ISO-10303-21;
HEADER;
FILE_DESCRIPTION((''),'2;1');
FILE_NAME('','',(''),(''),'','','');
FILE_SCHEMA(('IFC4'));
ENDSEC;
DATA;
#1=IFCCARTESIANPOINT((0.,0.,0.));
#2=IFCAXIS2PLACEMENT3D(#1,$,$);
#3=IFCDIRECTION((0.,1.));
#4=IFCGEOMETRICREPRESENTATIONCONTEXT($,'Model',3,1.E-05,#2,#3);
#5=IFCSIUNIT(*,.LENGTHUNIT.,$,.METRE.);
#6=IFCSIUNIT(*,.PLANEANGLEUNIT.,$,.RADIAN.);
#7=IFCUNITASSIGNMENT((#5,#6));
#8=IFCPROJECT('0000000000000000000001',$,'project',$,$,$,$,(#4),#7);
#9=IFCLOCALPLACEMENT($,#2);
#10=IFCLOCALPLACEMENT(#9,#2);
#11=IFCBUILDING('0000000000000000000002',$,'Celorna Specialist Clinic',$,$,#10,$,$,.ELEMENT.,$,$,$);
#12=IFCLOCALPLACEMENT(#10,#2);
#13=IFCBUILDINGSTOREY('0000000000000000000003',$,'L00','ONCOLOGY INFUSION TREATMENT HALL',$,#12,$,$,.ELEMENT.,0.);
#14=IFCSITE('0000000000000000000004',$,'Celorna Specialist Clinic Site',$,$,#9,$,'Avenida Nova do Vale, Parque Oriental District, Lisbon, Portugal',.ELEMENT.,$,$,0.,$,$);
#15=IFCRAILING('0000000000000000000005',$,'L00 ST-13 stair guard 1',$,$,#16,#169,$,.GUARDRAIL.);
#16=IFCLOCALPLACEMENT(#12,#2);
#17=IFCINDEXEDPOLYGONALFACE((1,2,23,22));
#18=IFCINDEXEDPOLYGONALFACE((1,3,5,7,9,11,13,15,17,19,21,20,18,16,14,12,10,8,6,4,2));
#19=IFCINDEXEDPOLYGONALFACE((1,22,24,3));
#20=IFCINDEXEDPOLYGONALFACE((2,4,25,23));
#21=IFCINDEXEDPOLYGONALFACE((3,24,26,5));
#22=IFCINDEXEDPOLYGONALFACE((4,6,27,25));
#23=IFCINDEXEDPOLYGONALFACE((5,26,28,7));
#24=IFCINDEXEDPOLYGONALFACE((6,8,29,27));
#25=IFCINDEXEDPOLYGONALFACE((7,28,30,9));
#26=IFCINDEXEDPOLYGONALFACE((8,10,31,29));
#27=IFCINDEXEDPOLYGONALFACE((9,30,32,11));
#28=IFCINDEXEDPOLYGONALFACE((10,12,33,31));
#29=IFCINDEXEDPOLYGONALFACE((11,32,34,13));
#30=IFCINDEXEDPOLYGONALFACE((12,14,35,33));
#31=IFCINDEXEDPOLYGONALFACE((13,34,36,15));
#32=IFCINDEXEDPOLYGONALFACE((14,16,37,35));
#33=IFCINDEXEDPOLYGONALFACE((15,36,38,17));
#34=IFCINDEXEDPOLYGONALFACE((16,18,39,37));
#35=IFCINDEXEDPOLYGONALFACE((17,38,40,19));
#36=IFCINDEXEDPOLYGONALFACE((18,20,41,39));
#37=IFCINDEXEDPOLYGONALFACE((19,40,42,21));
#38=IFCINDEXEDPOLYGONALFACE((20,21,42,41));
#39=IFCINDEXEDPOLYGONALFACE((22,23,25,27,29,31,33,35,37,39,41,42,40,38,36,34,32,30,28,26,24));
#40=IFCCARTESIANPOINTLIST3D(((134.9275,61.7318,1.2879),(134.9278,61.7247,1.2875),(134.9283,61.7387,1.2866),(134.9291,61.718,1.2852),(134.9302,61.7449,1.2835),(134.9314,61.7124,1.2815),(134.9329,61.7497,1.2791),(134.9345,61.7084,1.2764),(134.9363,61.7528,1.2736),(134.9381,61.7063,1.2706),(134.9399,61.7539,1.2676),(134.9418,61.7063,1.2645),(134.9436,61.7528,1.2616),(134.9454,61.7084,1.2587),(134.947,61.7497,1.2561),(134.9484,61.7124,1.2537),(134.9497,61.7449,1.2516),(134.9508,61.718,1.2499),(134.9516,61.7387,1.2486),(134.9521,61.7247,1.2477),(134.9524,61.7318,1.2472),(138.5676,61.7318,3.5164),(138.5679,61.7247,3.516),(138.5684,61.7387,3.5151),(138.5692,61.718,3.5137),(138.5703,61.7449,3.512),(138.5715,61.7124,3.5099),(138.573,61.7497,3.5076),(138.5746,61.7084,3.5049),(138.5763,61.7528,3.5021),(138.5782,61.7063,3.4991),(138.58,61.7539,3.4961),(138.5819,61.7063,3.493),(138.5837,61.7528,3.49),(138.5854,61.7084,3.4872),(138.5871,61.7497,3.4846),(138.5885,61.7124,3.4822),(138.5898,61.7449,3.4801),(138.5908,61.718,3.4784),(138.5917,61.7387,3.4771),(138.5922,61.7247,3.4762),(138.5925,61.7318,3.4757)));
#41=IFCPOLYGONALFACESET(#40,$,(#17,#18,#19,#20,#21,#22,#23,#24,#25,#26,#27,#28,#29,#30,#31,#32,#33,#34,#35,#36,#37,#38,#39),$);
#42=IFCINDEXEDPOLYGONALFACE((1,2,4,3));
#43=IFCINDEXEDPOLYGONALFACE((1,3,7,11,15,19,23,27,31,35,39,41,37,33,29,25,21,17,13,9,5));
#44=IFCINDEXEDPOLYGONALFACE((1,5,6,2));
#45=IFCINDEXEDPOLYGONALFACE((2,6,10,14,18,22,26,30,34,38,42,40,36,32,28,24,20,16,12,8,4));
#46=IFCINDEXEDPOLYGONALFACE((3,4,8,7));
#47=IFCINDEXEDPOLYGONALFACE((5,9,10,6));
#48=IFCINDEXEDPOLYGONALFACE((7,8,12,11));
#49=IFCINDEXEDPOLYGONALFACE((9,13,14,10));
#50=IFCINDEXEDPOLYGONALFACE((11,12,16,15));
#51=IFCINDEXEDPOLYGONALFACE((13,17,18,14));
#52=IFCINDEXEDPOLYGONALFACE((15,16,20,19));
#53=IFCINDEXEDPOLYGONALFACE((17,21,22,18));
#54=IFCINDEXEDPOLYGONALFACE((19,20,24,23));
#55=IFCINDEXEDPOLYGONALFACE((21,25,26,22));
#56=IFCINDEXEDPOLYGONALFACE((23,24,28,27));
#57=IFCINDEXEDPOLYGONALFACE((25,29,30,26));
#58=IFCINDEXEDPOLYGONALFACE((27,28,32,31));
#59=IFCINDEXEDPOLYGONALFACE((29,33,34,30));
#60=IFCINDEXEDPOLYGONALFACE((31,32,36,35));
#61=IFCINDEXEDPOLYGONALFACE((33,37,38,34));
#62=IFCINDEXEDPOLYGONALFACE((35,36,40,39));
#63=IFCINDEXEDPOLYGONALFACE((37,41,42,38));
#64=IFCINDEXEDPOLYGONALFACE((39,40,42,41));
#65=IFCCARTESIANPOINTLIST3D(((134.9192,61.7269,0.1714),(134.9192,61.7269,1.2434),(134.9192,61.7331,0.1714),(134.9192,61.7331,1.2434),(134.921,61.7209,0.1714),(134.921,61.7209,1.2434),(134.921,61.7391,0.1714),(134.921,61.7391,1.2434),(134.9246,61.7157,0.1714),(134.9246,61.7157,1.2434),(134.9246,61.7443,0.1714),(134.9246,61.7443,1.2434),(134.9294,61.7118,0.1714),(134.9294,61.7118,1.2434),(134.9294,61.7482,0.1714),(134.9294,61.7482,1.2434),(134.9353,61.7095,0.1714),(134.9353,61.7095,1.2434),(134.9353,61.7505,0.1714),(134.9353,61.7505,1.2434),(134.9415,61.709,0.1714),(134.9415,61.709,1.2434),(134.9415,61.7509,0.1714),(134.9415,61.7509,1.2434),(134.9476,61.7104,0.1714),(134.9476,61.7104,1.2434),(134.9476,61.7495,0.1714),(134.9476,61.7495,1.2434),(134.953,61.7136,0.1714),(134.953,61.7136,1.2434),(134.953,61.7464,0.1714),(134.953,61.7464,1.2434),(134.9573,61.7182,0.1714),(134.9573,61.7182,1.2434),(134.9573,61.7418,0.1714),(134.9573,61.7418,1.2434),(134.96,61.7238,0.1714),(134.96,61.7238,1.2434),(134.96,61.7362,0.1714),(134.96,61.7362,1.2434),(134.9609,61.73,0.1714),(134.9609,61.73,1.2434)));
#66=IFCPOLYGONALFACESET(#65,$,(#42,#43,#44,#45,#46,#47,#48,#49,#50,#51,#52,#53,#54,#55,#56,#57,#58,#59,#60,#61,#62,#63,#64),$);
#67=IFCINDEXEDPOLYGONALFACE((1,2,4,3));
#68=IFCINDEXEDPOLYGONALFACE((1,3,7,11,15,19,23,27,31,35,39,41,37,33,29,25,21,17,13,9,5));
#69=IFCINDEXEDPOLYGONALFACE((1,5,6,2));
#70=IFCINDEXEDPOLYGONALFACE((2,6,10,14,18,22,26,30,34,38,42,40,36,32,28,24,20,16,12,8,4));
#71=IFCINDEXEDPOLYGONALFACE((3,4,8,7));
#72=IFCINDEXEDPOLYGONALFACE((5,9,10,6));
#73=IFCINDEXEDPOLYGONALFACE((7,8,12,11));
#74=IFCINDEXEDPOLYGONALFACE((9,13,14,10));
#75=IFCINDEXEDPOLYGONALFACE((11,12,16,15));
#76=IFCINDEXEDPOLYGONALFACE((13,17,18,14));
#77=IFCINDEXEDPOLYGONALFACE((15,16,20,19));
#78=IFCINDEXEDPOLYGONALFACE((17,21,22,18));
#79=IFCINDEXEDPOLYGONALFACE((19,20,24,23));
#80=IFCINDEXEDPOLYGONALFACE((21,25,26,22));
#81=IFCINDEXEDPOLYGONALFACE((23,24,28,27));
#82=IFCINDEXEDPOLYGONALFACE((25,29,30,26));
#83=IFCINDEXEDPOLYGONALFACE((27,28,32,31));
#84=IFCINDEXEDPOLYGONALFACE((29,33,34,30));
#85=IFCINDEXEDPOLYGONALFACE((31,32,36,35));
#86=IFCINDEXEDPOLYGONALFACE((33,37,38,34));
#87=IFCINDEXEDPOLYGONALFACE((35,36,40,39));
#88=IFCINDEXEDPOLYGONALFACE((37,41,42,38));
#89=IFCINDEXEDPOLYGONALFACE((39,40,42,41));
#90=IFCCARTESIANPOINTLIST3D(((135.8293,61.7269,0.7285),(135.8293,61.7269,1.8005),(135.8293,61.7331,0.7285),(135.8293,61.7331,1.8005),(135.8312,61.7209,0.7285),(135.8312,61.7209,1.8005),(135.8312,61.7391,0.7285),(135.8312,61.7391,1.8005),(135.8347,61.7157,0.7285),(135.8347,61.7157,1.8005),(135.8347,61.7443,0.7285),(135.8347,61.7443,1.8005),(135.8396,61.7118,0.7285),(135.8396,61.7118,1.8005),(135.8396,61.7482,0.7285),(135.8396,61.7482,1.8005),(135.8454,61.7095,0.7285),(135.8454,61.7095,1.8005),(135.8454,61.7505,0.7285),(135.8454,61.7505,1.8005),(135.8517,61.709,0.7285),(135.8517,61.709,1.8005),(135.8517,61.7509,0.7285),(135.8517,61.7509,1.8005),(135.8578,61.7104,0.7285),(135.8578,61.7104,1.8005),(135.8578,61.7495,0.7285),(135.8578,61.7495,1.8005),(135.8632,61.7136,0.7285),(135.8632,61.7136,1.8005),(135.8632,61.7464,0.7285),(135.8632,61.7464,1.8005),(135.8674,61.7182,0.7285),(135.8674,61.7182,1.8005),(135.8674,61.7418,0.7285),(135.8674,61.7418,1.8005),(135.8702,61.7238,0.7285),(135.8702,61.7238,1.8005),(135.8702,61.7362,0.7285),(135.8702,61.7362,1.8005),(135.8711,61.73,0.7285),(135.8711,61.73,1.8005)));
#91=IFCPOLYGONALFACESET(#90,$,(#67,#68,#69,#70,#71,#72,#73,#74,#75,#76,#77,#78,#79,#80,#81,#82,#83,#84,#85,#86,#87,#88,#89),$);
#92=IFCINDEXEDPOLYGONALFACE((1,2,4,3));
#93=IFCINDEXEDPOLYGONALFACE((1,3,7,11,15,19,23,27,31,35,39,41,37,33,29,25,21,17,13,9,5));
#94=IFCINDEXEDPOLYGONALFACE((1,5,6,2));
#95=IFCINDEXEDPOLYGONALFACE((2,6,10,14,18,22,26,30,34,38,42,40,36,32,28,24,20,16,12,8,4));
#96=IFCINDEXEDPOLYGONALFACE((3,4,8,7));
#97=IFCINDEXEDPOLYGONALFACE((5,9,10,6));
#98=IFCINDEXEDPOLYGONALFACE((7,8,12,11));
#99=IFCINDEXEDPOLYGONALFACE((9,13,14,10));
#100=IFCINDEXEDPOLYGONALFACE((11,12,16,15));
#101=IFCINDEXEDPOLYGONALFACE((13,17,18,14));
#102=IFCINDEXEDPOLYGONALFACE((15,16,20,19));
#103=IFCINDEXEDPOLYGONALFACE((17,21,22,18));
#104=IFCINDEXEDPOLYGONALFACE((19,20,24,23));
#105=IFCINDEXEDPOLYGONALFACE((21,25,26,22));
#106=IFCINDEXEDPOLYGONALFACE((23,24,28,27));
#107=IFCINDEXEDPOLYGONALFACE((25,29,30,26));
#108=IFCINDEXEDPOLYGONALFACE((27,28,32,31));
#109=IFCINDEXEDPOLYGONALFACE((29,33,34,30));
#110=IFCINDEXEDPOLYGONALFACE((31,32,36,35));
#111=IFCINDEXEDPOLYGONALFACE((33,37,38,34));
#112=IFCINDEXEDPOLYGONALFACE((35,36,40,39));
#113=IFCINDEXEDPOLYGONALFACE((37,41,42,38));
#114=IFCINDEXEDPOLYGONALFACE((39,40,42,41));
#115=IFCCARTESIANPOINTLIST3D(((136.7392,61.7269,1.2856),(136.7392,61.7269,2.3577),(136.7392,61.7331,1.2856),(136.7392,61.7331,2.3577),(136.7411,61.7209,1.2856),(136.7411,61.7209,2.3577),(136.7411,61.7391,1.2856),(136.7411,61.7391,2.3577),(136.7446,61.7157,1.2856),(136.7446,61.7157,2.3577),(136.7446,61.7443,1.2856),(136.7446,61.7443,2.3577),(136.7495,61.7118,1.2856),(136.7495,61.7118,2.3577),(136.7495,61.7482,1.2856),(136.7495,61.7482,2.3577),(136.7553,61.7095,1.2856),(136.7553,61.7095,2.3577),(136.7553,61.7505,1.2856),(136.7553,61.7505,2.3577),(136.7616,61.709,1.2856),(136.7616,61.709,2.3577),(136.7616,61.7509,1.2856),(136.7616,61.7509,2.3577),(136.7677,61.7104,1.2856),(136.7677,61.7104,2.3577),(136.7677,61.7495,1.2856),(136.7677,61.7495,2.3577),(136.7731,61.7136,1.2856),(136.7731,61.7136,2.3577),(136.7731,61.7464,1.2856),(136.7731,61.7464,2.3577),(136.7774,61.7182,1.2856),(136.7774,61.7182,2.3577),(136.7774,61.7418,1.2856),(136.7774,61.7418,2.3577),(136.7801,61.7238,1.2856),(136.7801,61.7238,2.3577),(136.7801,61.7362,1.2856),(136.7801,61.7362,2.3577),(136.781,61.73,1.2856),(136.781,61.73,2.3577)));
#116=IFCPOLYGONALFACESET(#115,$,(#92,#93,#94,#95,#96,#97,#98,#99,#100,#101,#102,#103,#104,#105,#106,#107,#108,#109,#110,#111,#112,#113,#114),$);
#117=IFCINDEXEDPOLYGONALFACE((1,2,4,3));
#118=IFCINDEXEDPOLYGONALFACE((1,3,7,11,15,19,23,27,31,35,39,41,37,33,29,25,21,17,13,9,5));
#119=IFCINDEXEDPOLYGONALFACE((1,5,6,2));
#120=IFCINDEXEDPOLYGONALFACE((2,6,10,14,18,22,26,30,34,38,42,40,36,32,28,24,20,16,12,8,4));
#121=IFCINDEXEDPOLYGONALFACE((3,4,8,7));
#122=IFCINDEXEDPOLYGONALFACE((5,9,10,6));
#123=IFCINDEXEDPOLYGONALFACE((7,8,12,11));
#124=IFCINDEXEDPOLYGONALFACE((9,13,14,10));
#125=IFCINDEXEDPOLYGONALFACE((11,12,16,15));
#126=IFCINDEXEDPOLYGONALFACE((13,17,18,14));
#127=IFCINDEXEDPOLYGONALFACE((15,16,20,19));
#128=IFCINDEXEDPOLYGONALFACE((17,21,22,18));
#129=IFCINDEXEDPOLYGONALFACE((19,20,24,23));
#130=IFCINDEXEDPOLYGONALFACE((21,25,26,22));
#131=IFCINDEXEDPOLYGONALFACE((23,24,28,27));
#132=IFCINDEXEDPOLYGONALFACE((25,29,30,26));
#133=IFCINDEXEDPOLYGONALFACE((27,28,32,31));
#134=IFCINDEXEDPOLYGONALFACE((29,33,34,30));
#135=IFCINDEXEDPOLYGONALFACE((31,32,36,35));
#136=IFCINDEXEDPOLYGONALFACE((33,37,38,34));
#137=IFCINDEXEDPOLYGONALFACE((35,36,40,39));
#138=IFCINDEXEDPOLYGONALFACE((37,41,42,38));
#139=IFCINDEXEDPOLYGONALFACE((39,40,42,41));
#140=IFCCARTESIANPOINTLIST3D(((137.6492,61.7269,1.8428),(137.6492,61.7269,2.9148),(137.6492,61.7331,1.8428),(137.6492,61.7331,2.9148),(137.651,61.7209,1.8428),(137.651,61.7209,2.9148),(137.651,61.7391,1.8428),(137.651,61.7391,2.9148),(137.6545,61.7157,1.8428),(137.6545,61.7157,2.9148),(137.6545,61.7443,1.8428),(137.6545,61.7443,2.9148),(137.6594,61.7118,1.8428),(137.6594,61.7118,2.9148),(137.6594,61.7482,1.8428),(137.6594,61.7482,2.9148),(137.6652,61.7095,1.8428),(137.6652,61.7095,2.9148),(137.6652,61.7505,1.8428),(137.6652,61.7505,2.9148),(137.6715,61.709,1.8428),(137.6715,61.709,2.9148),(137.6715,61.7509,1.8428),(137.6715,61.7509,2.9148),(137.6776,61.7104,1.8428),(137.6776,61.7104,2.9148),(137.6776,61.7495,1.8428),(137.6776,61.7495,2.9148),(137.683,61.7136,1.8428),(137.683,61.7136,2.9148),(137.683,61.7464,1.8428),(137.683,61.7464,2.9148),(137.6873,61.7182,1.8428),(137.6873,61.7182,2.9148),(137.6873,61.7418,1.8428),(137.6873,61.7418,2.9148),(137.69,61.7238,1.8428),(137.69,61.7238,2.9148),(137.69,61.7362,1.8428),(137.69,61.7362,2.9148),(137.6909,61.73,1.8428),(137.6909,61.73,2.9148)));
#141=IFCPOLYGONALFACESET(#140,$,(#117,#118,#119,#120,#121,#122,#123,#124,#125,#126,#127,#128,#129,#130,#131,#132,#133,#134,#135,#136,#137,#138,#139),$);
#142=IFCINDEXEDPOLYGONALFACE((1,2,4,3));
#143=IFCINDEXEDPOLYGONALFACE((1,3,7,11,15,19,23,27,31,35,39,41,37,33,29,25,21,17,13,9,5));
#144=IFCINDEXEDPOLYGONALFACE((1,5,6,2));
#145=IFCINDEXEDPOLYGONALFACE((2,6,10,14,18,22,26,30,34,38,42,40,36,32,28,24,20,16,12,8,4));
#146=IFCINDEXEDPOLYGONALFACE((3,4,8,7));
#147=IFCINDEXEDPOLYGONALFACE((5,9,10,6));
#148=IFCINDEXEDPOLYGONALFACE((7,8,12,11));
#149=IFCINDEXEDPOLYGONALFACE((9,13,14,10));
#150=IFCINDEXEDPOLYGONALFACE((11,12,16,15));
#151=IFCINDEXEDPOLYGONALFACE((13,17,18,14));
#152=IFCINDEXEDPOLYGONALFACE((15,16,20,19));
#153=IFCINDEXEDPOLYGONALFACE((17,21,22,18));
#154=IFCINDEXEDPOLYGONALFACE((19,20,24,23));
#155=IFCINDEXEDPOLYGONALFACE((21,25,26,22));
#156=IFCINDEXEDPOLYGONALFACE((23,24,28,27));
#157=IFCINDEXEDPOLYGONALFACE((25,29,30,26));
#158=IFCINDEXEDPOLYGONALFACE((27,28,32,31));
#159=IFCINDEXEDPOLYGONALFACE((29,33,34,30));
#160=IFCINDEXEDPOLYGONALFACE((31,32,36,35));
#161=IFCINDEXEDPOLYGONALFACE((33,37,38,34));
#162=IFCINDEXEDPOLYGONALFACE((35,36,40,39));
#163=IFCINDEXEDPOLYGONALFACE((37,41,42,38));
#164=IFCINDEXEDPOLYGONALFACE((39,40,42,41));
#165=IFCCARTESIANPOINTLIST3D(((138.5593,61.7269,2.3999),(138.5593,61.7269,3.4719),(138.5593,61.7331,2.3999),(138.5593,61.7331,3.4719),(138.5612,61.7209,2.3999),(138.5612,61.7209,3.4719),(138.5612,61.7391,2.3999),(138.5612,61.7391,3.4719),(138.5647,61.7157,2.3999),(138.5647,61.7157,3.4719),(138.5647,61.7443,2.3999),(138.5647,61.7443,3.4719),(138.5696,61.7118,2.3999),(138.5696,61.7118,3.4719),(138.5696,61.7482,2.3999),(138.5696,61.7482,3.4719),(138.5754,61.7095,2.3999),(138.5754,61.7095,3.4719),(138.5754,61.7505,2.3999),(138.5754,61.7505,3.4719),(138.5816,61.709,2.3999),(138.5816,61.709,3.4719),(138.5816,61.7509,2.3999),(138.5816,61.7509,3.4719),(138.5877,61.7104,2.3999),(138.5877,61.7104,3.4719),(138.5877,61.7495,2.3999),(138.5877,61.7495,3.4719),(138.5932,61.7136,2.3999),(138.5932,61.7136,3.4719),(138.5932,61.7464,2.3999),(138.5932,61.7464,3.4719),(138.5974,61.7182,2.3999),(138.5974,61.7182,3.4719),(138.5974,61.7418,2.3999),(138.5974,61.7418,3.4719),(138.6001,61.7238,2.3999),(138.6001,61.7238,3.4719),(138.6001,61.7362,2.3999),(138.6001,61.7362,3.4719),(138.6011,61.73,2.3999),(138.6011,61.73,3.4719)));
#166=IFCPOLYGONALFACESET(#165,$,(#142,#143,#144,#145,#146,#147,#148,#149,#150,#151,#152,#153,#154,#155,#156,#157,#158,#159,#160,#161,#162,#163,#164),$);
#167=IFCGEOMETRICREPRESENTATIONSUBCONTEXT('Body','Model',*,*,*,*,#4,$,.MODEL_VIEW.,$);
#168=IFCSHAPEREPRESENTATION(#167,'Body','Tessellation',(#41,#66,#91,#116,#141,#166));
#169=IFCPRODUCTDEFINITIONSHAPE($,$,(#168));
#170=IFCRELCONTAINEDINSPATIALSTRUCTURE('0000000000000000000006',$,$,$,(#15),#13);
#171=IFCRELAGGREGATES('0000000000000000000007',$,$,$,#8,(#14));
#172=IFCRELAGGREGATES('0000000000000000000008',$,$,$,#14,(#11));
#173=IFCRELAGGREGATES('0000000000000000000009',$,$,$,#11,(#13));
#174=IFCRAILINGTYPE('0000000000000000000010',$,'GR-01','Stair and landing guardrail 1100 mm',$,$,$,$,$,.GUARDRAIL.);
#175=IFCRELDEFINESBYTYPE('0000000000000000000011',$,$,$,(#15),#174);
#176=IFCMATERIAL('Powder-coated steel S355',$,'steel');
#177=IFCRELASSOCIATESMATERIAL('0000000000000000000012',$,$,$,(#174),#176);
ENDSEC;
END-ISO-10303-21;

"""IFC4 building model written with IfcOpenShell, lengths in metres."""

from ifc_helpers import new_model, si_unit, direction, frame, origin, origin_2d, place, context, subcontext, project, spatial, circle, extrude, material, type_object, element, save


model = new_model("IFC4")

# Units and contexts
model_context = context("Model", 3, precision=1e-05, world=origin(), true_north=direction((0.0, 1.0)))
body_context = subcontext(model_context, "Body", "Model", "MODEL_VIEW")
ifc_project = project(units=[si_unit("LENGTHUNIT", "METRE"), si_unit("PLANEANGLEUNIT", "RADIAN")], contexts=[model_context])

# Site, building, storey
site_placement = place(None, origin())
site = spatial("IfcSite", under=ifc_project, at=site_placement, Name="Celorna Specialist Clinic Site", LongName="Avenida Nova do Vale, Parque Oriental District, Lisbon, Portugal", CompositionType="ELEMENT", RefElevation=0.0)
building_placement = place(site_placement, origin())
building = spatial("IfcBuilding", under=site, at=building_placement, Name="Celorna Specialist Clinic", CompositionType="ELEMENT")
storey_placement = place(building_placement, origin())
storey = spatial("IfcBuildingStorey", under=building, at=storey_placement, Name="L00", Description="ONCOLOGY INFUSION TREATMENT HALL", CompositionType="ELEMENT", Elevation=0.0)

# Railing
ifc_material_1 = material(Name="Powder-coated steel S355", Category="steel")
railing_type_1 = type_object("IfcRailingType", Name="GR-01", Description="Stair and landing guardrail 1100 mm", PredefinedType="GUARDRAIL", material=ifc_material_1)
railing_1_placement = place(storey_placement, frame((134.9399, 61.73, 0.1714)))
element("IfcRailing", 1, at=railing_1_placement, inside=storey, type_object=railing_type_1, Name="L00 ST-13 stair guard 1", PredefinedType="GUARDRAIL", context=body_context, shape_type="SweptSolid", body=[
    extrude(circle(Radius=0.0239, at=origin_2d()), frame((0.0, 0.0, 1.0962), z_axis=(0.852866, 0.0, 0.52213), x_axis=(0.0, 1.0, 0.0)), (0.0, 0.0, 1.0), 4.2681),
    extrude(circle(Radius=0.021, at=origin_2d()), origin(), (0.0, 0.0, 1.0), 1.072),
    extrude(circle(Radius=0.021, at=origin_2d()), frame((0.9102, 0.0, 0.5571)), (0.0, 0.0, 1.0), 1.072),
    extrude(circle(Radius=0.021, at=origin_2d()), frame((1.8201, 0.0, 1.1143)), (0.0, 0.0, 1.0), 1.072),
    extrude(circle(Radius=0.021, at=origin_2d()), frame((2.73, 0.0, 1.6714)), (0.0, 0.0, 1.0), 1.072),
    extrude(circle(Radius=0.021, at=origin_2d()), frame((3.6401, 0.0, 2.2285)), (0.0, 0.0, 1.0), 1.072),
])

save(model, "model.ifc")
